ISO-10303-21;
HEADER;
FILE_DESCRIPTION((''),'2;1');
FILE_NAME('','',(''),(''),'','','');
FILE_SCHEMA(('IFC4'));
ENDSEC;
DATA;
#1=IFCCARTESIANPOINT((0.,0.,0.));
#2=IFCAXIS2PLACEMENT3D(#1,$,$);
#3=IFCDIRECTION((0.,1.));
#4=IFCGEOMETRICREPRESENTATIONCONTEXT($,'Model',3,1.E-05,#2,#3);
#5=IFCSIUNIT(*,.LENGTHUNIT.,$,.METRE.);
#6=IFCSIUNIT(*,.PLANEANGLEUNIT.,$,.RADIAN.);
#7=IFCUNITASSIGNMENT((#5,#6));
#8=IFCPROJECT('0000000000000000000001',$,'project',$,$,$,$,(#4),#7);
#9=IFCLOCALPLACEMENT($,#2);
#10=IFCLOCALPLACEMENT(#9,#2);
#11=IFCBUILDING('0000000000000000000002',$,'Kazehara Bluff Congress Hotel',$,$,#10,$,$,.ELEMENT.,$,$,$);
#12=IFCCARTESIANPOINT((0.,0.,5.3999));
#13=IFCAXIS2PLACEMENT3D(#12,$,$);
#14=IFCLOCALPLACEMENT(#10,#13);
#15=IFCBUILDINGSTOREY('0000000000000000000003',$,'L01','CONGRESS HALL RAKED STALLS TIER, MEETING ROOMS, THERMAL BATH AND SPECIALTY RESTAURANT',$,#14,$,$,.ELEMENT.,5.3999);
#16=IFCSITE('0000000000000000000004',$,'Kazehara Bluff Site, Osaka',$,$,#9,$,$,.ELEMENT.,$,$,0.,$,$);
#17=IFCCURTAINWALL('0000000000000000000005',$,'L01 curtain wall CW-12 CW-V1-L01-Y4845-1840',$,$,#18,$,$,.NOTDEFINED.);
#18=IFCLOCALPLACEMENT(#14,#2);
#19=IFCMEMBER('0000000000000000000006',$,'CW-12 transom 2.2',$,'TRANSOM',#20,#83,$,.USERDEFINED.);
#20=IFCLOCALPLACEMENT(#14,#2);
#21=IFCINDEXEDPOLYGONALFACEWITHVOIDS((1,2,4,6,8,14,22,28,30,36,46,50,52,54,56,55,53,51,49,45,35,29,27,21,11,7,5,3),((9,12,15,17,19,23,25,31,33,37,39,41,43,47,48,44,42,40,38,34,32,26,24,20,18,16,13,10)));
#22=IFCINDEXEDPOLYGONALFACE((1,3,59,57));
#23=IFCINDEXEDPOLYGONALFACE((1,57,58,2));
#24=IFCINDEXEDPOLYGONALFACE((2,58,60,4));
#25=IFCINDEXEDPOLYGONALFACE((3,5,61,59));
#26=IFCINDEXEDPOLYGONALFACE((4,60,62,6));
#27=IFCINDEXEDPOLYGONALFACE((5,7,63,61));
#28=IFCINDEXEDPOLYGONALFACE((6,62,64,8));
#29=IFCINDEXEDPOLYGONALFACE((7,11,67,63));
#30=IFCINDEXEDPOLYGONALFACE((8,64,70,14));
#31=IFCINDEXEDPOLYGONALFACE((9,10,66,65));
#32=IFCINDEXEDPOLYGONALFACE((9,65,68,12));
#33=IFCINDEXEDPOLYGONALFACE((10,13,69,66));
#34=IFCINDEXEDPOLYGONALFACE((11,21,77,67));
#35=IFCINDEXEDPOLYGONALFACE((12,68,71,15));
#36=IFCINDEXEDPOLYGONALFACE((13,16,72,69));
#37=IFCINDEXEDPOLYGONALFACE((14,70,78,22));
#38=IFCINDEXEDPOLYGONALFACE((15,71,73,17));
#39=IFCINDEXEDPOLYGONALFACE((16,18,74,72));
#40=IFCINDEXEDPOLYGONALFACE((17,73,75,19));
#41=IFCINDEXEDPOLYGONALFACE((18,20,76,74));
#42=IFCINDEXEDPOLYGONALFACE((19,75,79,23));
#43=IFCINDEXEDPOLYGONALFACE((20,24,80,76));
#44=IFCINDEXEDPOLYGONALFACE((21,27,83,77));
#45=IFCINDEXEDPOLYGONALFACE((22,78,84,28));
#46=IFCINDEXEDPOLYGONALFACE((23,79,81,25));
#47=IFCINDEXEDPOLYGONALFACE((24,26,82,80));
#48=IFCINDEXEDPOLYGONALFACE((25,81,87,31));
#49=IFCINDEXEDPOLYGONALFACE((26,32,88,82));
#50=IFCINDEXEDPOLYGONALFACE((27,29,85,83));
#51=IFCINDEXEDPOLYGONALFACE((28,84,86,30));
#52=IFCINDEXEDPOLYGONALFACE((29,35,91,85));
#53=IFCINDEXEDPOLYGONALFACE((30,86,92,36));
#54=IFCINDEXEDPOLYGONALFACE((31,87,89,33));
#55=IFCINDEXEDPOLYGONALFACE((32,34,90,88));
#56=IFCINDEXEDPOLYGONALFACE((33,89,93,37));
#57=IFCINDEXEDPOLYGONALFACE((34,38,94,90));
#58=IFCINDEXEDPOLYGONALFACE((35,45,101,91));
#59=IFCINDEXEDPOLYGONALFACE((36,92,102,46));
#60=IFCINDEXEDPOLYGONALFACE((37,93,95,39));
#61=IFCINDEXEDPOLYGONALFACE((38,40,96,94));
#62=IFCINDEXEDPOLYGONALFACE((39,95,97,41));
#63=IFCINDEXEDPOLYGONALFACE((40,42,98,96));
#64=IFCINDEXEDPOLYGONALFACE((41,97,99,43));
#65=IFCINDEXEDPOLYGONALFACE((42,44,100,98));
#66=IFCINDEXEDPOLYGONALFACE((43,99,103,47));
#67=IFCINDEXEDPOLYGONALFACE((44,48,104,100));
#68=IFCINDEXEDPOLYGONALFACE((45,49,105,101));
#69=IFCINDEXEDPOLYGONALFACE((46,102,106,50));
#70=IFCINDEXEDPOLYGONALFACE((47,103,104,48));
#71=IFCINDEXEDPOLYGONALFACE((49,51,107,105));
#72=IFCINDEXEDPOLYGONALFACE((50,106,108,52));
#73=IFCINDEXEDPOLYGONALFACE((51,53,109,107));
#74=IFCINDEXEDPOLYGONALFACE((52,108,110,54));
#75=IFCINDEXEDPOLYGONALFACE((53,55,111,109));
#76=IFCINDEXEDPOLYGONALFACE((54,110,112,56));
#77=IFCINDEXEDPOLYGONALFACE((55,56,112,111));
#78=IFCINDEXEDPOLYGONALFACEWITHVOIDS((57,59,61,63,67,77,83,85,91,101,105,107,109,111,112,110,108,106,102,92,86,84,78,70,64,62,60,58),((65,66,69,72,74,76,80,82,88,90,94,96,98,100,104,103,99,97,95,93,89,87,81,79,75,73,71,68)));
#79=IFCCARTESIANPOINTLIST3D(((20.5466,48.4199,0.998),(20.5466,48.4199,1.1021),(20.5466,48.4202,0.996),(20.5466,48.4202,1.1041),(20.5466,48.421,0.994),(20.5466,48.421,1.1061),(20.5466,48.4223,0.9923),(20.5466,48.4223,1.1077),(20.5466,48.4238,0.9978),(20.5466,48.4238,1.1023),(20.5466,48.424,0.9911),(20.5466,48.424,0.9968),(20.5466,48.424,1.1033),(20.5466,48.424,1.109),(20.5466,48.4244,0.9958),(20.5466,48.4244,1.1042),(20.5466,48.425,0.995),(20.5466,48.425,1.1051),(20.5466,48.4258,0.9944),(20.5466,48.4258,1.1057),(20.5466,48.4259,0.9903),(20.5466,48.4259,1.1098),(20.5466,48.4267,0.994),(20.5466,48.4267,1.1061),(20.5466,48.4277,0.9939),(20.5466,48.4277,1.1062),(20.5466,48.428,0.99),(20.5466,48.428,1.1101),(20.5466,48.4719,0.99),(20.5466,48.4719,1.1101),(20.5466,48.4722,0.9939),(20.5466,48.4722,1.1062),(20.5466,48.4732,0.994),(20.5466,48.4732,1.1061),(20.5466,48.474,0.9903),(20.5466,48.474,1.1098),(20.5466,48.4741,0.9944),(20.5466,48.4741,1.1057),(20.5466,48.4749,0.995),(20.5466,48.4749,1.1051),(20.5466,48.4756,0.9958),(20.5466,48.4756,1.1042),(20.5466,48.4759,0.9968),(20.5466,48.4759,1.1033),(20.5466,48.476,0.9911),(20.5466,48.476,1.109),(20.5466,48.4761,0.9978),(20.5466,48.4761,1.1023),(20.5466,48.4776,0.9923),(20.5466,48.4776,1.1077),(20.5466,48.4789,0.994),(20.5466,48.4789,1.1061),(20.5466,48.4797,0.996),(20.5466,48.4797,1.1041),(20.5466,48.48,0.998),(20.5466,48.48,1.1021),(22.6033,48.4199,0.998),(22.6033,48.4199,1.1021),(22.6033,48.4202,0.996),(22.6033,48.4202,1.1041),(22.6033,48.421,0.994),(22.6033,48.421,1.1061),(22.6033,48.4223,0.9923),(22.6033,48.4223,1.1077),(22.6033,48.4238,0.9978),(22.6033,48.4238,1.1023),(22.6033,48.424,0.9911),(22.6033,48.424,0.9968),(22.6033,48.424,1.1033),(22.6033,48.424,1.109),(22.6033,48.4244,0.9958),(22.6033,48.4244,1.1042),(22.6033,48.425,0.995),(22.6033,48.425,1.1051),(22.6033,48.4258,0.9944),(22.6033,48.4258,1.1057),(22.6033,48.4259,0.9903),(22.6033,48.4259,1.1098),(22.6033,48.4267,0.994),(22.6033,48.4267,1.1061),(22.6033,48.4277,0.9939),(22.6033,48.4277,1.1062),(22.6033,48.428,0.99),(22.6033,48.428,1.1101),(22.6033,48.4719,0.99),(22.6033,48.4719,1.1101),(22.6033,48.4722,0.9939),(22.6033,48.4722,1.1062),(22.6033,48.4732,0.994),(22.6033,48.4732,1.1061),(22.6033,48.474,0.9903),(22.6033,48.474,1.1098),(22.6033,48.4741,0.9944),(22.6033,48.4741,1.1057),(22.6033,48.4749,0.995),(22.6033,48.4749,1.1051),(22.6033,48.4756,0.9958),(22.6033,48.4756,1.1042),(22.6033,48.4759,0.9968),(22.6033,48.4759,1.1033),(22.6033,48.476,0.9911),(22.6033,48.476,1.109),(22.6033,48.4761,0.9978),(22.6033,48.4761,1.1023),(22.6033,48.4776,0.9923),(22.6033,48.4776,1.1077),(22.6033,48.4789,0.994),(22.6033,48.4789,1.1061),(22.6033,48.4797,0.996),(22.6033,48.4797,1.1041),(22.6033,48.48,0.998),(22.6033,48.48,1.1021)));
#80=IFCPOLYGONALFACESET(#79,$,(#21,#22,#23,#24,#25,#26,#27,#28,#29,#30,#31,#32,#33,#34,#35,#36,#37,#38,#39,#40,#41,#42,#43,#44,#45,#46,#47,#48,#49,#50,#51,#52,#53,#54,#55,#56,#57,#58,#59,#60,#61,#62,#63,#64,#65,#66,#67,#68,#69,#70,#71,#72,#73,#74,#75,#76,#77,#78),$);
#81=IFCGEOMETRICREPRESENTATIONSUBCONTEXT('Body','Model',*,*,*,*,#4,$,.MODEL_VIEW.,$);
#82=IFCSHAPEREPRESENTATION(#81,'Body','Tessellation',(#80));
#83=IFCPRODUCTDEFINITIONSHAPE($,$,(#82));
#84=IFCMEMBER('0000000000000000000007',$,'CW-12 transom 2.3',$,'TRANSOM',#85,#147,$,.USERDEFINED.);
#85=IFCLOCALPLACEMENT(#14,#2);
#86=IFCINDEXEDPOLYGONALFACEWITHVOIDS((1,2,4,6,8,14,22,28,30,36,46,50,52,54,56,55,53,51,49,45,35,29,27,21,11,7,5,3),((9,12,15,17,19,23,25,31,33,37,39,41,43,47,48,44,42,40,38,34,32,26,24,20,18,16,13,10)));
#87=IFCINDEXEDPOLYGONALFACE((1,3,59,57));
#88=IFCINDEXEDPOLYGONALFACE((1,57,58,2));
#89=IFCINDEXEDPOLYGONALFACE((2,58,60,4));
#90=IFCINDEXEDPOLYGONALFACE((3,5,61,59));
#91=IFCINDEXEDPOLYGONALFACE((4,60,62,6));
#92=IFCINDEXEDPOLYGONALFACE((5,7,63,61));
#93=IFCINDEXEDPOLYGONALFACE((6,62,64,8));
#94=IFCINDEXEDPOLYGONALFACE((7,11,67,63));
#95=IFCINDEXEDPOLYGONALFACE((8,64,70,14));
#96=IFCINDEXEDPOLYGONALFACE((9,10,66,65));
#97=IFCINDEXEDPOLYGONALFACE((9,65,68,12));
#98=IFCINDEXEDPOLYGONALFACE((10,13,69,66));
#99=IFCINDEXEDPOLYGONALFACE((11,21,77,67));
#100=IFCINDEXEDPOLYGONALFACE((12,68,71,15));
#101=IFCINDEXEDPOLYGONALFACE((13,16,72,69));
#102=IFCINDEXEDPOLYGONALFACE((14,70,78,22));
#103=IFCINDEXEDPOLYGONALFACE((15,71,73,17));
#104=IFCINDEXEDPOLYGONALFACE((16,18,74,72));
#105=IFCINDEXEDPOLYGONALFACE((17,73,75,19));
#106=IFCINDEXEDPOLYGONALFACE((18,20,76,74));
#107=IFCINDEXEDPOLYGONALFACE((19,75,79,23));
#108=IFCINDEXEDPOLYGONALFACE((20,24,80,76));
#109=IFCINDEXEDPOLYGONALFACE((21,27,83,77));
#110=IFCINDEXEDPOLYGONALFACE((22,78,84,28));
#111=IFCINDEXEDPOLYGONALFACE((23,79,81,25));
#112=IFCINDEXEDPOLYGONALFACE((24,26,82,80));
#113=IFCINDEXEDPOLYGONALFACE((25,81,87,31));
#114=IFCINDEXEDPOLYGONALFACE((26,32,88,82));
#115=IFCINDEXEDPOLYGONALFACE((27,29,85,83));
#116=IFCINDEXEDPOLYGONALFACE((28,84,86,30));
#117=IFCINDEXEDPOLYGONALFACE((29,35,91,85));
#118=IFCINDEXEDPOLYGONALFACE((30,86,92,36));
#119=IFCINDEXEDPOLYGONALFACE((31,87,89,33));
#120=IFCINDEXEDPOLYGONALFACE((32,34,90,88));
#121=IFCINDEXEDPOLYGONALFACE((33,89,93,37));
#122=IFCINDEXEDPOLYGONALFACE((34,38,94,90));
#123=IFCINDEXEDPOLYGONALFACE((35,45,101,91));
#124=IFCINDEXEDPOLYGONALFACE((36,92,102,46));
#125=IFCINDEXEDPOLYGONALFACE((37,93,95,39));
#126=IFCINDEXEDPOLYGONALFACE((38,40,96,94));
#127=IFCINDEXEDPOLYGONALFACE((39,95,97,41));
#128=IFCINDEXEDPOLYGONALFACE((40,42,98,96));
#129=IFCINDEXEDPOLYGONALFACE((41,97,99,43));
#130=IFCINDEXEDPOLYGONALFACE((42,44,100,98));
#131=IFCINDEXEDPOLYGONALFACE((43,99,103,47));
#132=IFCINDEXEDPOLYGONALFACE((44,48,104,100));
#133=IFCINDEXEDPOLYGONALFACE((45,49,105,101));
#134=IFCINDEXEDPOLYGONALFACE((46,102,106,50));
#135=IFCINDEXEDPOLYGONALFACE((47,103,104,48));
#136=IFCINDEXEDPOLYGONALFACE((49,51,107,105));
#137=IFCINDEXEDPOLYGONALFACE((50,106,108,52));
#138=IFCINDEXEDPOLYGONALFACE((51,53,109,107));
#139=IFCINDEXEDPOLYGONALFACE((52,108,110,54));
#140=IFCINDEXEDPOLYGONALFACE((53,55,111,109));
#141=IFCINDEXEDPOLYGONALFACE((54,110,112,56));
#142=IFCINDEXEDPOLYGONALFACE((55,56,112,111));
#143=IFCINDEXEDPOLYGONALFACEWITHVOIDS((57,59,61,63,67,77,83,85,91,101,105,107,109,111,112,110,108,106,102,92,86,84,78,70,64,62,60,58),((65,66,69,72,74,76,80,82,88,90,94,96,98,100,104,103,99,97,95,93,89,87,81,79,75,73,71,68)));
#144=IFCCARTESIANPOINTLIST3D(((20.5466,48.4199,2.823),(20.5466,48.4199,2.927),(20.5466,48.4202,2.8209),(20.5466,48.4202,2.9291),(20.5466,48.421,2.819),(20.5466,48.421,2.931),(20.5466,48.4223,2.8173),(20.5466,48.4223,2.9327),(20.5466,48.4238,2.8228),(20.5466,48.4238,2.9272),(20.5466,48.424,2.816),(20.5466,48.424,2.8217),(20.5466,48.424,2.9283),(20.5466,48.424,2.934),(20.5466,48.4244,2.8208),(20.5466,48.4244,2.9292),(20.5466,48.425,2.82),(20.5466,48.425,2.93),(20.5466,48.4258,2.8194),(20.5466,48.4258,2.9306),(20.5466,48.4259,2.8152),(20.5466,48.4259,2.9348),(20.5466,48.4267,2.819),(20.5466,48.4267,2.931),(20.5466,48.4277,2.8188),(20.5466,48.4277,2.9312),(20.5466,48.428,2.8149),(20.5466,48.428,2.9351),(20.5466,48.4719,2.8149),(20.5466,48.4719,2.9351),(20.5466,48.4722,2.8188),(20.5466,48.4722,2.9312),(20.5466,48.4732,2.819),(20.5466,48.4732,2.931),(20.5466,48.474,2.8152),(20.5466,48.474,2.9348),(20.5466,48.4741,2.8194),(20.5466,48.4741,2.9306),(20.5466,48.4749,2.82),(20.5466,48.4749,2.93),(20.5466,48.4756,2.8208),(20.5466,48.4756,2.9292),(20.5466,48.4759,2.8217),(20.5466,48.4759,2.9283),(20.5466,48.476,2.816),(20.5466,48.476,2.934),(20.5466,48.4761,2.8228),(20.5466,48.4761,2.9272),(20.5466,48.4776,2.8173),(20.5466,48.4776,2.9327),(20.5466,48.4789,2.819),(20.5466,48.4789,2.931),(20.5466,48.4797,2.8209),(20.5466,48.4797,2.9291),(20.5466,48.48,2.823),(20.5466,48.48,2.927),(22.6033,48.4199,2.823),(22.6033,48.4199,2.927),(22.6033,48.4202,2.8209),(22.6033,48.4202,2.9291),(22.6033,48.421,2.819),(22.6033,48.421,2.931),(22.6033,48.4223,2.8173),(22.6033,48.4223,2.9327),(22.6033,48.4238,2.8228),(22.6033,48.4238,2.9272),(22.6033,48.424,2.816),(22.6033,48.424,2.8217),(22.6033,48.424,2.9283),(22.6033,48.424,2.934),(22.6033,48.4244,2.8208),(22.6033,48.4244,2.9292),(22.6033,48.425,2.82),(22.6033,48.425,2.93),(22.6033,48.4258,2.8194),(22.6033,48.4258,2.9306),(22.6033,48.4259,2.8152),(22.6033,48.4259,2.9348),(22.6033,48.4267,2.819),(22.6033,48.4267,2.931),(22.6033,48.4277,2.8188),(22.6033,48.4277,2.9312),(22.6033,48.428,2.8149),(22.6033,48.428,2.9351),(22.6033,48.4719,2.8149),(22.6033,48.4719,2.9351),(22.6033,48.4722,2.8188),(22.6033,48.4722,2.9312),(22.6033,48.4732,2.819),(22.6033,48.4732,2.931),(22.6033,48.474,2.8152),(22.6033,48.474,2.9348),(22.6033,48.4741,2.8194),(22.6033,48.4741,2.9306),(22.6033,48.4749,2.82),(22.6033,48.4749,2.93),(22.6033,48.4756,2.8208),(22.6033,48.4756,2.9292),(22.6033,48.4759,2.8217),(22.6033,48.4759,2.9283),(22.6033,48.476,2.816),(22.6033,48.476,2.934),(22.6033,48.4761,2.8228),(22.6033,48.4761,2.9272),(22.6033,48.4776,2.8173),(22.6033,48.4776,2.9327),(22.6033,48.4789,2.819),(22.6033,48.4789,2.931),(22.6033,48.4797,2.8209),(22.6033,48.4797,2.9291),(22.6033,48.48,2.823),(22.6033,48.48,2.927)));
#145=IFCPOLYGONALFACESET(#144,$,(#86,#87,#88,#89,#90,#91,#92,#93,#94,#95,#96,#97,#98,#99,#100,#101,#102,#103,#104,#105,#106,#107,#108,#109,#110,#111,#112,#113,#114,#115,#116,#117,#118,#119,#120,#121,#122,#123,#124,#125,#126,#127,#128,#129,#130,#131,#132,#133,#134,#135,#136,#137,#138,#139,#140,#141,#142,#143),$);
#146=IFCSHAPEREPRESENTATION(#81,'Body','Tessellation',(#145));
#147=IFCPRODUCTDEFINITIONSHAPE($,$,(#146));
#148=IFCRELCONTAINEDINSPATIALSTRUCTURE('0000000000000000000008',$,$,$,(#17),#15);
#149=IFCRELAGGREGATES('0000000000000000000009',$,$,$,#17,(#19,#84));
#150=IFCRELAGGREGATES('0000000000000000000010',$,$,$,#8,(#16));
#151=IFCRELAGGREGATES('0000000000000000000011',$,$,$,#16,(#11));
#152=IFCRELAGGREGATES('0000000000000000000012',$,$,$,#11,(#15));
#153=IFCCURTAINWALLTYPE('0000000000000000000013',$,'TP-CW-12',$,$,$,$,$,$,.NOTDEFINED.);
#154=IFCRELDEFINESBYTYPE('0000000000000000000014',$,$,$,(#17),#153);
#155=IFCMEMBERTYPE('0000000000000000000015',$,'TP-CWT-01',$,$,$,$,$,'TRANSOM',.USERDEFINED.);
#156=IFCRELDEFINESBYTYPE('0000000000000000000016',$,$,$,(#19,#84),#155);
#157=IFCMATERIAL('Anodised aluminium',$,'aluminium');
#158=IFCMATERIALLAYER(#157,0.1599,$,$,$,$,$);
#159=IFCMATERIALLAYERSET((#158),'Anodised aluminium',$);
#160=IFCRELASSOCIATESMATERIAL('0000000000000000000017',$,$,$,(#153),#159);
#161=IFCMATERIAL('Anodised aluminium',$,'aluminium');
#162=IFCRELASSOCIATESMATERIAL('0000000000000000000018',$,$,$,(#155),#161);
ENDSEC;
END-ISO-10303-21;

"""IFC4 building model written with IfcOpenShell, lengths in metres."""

from ifc_helpers import new_model, si_unit, direction, frame, origin, origin_2d, place, context, subcontext, project, spatial, hollow_rectangle, extrude, material, layer, layer_set, material_profile, profile_set, type_object, element, aggregate, save


model = new_model("IFC4")

# Units and contexts
model_context = context("Model", 3, precision=1e-05, world=origin(), true_north=direction((0.0, 1.0)))
body_context = subcontext(model_context, "Body", "Model", "MODEL_VIEW")
ifc_project = project(units=[si_unit("LENGTHUNIT", "METRE"), si_unit("PLANEANGLEUNIT", "RADIAN")], contexts=[model_context])

# Site, building, storey
site_placement = place(None, origin())
site = spatial("IfcSite", under=ifc_project, at=site_placement, Name="Kazehara Bluff Site, Osaka", CompositionType="ELEMENT", RefElevation=0.0)
building_placement = place(site_placement, origin())
building = spatial("IfcBuilding", under=site, at=building_placement, Name="Kazehara Bluff Congress Hotel", CompositionType="ELEMENT")
storey_placement = place(building_placement, frame((0.0, 0.0, 5.3999)))
storey = spatial("IfcBuildingStorey", under=building, at=storey_placement, Name="L01", Description="CONGRESS HALL RAKED STALLS TIER, MEETING ROOMS, THERMAL BATH AND SPECIALTY RESTAURANT", CompositionType="ELEMENT", Elevation=5.3999)

# Curtain wall
ifc_material_1 = material(Name="Anodised aluminium", Category="aluminium")
ifc_layer_1 = layer(ifc_material_1, 0.1599)
ifc_layer_set_1 = layer_set([ifc_layer_1], Name="Anodised aluminium")
curtain_wall_type_1 = type_object("IfcCurtainWallType", Name="TP-CW-12", PredefinedType="NOTDEFINED", material=ifc_layer_set_1)
curtain_wall_1_placement = place(storey_placement, origin())
curtain_wall_1 = element("IfcCurtainWall", 1, at=curtain_wall_1_placement, inside=storey, type_object=curtain_wall_type_1, Name="L01 curtain wall CW-12 CW-V1-L01-Y4845-1840", PredefinedType="NOTDEFINED")

# Members
ifc_material_2 = material(Name="Anodised aluminium", Category="aluminium")
ifc_material_profile_1 = material_profile(ifc_material_2, hollow_rectangle(XDim=0.0601, YDim=0.1201, WallThickness=0.0039, InnerFilletRadius=0.0039, OuterFilletRadius=0.0081, at=origin_2d()))
ifc_profile_set_1 = profile_set([ifc_material_profile_1], Name="Anodised aluminium")
member_type_1 = type_object("IfcMemberType", Name="TP-CWT-01", ElementType="TRANSOM", PredefinedType="USERDEFINED", material=ifc_profile_set_1)
member_1_placement = place(storey_placement, frame((20.5466, 48.45, 1.05), z_axis=(1.0, 0.0, 0.0), x_axis=(0.0, 1.0, 0.0)))
member_1 = element("IfcMember", 2, at=member_1_placement, type_object=member_type_1, Name="CW-12 transom 2.2", ObjectType="TRANSOM", PredefinedType="USERDEFINED", context=body_context, shape_type="SweptSolid", body=[
    extrude(hollow_rectangle(XDim=0.0601, YDim=0.1201, WallThickness=0.0039, InnerFilletRadius=0.0039, OuterFilletRadius=0.0081, at=origin_2d()), origin(), (0.0, 0.0, 1.0), 2.0566),
])
member_2_placement = place(storey_placement, frame((20.5466, 48.45, 2.875), z_axis=(1.0, 0.0, 0.0), x_axis=(0.0, 1.0, 0.0)))
member_2 = element("IfcMember", 3, at=member_2_placement, type_object=member_type_1, Name="CW-12 transom 2.3", ObjectType="TRANSOM", PredefinedType="USERDEFINED", context=body_context, shape_type="SweptSolid", body=[
    extrude(hollow_rectangle(XDim=0.0601, YDim=0.1201, WallThickness=0.0039, InnerFilletRadius=0.0039, OuterFilletRadius=0.0081, at=origin_2d()), origin(), (0.0, 0.0, 1.0), 2.0566),
])

aggregate(curtain_wall_1, [member_1, member_2])

save(model, "model.ifc")
